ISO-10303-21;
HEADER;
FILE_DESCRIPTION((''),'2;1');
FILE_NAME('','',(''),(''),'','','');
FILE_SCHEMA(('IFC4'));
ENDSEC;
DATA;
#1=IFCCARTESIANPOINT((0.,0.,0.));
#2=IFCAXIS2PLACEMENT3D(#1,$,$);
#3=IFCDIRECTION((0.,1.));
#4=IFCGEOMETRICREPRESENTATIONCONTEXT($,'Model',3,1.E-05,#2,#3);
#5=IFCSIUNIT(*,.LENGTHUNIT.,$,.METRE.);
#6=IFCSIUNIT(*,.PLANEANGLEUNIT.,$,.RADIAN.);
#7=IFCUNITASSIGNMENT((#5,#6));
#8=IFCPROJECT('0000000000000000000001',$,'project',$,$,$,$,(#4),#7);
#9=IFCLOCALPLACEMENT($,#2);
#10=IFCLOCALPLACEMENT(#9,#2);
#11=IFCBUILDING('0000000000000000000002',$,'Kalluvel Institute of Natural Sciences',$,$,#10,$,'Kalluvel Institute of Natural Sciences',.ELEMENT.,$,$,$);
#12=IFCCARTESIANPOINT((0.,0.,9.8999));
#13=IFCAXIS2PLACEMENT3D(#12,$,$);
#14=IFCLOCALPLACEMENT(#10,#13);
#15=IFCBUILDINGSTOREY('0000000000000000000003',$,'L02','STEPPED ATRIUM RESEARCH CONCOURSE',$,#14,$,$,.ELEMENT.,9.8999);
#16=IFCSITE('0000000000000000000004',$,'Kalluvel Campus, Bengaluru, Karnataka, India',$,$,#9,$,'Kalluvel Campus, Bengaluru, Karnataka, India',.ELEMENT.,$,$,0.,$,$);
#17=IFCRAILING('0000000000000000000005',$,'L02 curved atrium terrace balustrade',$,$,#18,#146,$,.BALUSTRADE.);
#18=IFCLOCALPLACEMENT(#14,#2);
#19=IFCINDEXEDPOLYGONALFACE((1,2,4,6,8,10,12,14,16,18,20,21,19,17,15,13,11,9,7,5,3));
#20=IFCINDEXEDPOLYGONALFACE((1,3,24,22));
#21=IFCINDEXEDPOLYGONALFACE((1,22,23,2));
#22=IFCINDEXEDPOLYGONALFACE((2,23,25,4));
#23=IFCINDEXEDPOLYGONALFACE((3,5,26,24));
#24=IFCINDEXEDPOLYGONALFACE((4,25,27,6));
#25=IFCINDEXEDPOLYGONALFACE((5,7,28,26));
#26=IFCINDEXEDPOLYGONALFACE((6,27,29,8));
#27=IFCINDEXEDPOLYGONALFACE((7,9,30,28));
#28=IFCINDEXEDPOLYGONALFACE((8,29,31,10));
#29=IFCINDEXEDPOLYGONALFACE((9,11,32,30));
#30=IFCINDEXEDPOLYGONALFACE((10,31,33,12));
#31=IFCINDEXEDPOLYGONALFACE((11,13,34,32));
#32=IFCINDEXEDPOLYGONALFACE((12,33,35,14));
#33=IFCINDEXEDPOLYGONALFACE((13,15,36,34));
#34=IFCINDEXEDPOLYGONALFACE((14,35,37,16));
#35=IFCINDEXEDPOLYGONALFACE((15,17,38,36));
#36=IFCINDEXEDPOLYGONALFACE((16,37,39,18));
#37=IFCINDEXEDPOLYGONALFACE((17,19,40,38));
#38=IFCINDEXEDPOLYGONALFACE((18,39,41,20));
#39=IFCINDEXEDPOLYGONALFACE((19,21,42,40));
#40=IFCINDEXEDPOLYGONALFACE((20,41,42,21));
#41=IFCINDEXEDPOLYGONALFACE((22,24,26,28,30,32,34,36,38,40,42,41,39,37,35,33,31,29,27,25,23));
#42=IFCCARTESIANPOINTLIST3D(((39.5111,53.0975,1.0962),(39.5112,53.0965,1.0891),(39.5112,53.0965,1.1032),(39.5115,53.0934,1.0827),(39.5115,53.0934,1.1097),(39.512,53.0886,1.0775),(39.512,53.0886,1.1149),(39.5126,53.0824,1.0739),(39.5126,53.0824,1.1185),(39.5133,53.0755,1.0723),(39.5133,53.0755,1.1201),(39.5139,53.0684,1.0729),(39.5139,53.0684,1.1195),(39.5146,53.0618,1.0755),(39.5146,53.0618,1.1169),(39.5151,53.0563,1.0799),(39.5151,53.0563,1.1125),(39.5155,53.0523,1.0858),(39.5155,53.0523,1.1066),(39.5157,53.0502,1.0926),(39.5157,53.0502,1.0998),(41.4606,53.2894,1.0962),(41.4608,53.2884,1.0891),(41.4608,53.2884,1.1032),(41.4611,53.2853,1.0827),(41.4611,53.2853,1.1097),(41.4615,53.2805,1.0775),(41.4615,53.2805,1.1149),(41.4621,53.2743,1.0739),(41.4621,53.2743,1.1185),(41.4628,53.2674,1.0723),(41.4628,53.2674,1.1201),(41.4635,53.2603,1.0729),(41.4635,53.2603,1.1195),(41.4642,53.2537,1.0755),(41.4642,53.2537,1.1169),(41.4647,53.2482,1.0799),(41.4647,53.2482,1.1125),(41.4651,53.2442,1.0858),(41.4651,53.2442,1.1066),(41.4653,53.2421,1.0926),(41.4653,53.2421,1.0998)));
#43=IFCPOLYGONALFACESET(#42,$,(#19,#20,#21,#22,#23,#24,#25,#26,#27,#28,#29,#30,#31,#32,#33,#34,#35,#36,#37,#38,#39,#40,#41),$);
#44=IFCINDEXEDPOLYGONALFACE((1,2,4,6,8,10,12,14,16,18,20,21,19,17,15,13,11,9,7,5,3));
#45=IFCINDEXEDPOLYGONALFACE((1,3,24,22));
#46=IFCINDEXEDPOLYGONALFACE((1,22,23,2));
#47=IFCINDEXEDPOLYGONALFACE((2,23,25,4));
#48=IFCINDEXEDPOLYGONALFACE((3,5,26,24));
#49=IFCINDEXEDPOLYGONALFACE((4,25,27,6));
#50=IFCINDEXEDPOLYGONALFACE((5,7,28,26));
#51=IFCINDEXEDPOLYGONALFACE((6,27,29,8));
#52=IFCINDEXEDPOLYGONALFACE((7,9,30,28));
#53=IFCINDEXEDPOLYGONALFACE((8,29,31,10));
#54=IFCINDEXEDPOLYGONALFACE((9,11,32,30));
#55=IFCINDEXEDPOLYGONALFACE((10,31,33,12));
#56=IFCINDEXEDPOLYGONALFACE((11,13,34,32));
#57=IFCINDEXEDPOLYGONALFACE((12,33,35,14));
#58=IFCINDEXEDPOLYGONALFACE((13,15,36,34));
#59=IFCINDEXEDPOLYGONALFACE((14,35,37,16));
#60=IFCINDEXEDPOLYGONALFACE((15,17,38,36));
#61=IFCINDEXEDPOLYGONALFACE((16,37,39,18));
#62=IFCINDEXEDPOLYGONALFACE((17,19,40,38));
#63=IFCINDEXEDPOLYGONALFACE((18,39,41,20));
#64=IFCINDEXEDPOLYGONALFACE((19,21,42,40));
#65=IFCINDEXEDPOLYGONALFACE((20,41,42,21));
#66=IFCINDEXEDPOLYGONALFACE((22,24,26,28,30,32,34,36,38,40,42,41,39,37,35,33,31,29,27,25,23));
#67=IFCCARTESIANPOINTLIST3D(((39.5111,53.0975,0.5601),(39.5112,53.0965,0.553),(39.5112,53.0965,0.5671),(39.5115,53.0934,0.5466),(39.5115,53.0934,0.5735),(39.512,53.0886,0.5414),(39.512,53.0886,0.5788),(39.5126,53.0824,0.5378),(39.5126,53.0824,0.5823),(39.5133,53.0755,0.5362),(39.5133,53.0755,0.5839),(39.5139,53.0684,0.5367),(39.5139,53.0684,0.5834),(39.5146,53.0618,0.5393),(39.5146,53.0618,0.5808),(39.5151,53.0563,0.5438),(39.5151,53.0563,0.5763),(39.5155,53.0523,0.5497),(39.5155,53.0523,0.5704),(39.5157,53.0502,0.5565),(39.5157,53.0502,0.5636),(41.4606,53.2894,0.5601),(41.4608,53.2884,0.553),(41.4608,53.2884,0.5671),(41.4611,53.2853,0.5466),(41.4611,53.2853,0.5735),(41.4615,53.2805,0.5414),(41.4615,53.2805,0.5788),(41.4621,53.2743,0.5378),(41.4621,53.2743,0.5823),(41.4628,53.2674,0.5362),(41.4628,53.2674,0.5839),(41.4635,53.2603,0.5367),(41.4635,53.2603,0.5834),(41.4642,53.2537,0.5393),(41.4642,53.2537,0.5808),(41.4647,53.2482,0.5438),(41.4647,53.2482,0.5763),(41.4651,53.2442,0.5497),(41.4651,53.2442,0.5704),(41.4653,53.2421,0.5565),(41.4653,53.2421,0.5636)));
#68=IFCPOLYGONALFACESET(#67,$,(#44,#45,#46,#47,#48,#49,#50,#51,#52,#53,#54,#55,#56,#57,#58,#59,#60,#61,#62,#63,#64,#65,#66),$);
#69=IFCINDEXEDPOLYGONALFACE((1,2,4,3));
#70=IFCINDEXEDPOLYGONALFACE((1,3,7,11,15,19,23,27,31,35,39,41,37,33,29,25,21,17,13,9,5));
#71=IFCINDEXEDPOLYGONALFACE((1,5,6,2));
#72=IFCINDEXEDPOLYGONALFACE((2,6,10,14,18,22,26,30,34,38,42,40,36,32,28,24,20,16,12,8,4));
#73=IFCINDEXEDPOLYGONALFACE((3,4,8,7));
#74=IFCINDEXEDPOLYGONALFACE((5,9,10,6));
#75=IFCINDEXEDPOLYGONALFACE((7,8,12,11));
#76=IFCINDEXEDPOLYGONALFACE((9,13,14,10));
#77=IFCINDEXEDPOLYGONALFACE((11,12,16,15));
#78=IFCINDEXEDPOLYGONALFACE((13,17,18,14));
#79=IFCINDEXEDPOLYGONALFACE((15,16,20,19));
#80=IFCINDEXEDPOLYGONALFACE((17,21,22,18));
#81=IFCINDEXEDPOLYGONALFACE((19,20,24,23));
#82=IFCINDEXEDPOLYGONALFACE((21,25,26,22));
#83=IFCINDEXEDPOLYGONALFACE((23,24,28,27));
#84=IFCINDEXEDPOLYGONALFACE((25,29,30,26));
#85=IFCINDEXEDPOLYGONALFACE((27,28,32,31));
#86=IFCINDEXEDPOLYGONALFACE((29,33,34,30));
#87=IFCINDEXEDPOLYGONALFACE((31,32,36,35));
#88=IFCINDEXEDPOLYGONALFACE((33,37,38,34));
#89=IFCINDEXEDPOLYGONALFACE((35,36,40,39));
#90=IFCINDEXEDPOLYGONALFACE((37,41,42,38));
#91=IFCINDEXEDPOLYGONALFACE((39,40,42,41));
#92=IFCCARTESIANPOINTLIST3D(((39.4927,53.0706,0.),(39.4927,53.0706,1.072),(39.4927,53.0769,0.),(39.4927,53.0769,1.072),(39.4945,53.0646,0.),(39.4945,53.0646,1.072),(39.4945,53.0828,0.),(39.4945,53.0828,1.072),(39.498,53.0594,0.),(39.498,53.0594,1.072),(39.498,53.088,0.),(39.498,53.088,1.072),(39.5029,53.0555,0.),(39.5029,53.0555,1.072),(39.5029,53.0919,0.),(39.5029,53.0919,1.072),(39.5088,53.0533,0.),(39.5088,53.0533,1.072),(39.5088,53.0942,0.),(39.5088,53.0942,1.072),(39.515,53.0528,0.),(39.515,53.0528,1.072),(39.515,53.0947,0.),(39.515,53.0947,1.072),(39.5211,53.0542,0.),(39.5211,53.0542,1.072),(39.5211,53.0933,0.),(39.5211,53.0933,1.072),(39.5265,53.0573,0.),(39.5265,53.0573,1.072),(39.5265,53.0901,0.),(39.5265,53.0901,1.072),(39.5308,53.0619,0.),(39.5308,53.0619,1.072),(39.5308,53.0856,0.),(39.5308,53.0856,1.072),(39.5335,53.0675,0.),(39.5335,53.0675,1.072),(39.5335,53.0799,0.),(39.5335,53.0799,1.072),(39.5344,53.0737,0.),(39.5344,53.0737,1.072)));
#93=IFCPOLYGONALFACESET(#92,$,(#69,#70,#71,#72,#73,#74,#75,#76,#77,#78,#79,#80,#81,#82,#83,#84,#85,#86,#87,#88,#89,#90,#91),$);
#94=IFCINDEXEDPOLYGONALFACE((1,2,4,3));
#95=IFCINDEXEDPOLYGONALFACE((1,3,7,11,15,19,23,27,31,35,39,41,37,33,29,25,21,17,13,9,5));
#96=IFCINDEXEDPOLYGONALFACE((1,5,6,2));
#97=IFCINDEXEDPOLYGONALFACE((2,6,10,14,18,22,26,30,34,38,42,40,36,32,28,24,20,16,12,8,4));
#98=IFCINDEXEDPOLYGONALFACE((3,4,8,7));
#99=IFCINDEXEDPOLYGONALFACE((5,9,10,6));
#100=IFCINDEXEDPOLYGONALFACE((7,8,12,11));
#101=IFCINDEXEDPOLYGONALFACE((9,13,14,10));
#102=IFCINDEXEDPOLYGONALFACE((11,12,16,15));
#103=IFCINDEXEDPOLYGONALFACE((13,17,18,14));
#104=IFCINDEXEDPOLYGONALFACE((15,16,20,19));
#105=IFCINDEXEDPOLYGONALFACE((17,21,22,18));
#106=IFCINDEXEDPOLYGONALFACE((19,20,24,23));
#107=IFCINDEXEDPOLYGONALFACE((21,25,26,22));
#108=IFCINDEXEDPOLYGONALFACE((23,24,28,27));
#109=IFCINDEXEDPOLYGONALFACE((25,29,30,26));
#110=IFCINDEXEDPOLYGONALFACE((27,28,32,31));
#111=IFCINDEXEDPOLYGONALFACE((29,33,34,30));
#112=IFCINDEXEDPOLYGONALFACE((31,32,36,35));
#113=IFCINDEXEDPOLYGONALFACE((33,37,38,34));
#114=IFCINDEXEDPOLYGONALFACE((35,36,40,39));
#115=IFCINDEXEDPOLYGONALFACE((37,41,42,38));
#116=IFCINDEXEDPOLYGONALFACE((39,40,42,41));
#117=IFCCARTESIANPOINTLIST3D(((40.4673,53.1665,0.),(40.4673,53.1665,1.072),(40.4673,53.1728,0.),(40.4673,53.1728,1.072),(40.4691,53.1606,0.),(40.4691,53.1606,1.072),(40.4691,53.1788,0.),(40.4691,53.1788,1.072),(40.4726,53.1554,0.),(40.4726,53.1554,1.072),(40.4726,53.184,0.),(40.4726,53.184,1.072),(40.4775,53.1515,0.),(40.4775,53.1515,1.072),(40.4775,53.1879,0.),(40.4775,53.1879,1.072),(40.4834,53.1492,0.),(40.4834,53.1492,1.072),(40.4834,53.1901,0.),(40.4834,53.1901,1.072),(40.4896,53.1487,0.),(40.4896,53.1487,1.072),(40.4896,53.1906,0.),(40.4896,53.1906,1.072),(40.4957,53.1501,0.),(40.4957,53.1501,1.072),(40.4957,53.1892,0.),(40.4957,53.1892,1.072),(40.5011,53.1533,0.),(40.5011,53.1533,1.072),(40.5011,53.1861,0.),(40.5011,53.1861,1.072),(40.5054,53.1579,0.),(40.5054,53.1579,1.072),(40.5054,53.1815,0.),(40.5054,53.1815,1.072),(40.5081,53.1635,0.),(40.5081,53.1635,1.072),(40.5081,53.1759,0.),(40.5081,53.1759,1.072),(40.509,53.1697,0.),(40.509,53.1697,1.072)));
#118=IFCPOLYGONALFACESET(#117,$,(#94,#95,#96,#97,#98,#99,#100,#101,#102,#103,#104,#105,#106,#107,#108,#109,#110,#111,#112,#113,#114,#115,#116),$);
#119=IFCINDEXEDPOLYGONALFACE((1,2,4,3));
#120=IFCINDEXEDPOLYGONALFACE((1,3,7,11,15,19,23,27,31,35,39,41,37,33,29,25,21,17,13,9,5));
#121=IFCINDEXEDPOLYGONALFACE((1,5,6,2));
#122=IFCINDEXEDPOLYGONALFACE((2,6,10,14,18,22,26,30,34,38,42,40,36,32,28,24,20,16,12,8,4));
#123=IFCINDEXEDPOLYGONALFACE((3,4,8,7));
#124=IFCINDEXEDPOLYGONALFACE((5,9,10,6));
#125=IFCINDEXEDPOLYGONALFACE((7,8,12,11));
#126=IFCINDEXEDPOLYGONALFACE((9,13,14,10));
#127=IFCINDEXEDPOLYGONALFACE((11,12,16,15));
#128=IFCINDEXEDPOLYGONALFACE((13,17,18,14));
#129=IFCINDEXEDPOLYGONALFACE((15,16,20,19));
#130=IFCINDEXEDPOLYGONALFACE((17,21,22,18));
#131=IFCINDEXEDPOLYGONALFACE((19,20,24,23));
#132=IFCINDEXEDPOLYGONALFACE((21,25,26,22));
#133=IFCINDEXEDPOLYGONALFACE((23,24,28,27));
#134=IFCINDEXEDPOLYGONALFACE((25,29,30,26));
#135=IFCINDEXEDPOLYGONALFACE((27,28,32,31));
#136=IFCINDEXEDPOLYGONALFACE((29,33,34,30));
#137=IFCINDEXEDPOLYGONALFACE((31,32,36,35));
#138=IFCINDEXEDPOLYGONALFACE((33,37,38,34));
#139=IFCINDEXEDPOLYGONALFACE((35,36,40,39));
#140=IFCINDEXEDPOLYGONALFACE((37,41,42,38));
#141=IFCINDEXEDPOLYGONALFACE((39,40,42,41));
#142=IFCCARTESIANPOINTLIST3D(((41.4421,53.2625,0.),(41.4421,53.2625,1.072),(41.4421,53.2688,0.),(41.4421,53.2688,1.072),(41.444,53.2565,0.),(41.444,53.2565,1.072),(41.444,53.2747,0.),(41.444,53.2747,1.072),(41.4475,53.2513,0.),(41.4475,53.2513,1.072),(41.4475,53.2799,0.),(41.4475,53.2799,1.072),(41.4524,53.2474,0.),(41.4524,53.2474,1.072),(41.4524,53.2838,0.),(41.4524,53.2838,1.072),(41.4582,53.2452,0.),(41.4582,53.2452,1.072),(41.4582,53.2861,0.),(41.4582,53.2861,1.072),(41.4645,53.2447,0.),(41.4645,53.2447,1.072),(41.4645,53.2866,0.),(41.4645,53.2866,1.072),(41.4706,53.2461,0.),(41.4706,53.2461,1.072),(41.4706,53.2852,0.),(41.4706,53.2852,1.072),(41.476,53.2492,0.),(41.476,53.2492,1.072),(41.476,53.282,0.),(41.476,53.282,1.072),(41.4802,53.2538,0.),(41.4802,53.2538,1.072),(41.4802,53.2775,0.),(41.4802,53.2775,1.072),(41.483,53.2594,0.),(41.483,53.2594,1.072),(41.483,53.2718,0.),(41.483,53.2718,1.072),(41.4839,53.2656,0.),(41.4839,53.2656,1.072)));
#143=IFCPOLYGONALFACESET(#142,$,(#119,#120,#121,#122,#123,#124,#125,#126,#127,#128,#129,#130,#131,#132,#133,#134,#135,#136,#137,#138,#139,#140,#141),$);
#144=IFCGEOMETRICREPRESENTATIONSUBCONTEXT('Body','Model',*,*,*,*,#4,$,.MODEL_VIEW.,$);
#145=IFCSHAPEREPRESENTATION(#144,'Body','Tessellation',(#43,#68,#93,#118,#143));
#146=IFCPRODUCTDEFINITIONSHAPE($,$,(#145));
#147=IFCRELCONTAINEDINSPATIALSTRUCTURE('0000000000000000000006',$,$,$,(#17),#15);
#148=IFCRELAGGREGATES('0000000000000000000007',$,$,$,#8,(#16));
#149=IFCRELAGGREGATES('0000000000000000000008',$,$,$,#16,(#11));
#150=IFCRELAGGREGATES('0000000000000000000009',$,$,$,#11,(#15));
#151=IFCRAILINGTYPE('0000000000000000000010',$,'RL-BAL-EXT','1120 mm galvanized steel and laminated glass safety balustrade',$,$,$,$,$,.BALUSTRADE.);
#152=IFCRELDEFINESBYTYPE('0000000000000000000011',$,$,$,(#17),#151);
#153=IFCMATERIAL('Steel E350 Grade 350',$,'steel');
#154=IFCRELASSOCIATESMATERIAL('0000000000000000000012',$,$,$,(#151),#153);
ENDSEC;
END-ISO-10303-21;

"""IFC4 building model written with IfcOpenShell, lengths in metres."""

from ifc_helpers import new_model, si_unit, direction, frame, origin, origin_2d, place, context, subcontext, project, spatial, circle, extrude, material, type_object, element, save


model = new_model("IFC4")

# Units and contexts
model_context = context("Model", 3, precision=1e-05, world=origin(), true_north=direction((0.0, 1.0)))
body_context = subcontext(model_context, "Body", "Model", "MODEL_VIEW")
ifc_project = project(units=[si_unit("LENGTHUNIT", "METRE"), si_unit("PLANEANGLEUNIT", "RADIAN")], contexts=[model_context])

# Site, building, storey
site_placement = place(None, origin())
site = spatial("IfcSite", under=ifc_project, at=site_placement, Name="Kalluvel Campus, Bengaluru, Karnataka, India", LongName="Kalluvel Campus, Bengaluru, Karnataka, India", CompositionType="ELEMENT", RefElevation=0.0)
building_placement = place(site_placement, origin())
building = spatial("IfcBuilding", under=site, at=building_placement, Name="Kalluvel Institute of Natural Sciences", LongName="Kalluvel Institute of Natural Sciences", CompositionType="ELEMENT")
storey_placement = place(building_placement, frame((0.0, 0.0, 9.8999)))
storey = spatial("IfcBuildingStorey", under=building, at=storey_placement, Name="L02", Description="STEPPED ATRIUM RESEARCH CONCOURSE", CompositionType="ELEMENT", Elevation=9.8999)

# Railing
ifc_material_1 = material(Name="Steel E350 Grade 350", Category="steel")
railing_type = type_object("IfcRailingType", Name="RL-BAL-EXT", Description="1120 mm galvanized steel and laminated glass safety balustrade", PredefinedType="BALUSTRADE", material=ifc_material_1)
railing_1_placement = place(storey_placement, frame((39.5134, 53.0737, 0.0)))
element("IfcRailing", 1, at=railing_1_placement, inside=storey, type_object=railing_type, Name="L02 curved atrium terrace balustrade", PredefinedType="BALUSTRADE", context=body_context, shape_type="SweptSolid", body=[
    extrude(circle(Radius=0.0239, at=origin_2d()), frame((0.0, 0.0, 1.0962), z_axis=(0.99519, 0.097961, 0.0), x_axis=(-0.097961, 0.99519, 0.0)), (0.0, 0.0, 1.0), 1.959),
    extrude(circle(Radius=0.0239, at=origin_2d()), frame((0.0, 0.0, 0.5601), z_axis=(0.99519, 0.097961, 0.0), x_axis=(-0.097961, 0.99519, 0.0)), (0.0, 0.0, 1.0), 1.959),
    extrude(circle(Radius=0.021, at=origin_2d()), origin(), (0.0, 0.0, 1.0), 1.072),
    extrude(circle(Radius=0.021, at=origin_2d()), frame((0.9746, 0.0959, 0.0)), (0.0, 0.0, 1.0), 1.072),
    extrude(circle(Radius=0.021, at=origin_2d()), frame((1.9495, 0.1919, 0.0)), (0.0, 0.0, 1.0), 1.072),
])

save(model, "model.ifc")
